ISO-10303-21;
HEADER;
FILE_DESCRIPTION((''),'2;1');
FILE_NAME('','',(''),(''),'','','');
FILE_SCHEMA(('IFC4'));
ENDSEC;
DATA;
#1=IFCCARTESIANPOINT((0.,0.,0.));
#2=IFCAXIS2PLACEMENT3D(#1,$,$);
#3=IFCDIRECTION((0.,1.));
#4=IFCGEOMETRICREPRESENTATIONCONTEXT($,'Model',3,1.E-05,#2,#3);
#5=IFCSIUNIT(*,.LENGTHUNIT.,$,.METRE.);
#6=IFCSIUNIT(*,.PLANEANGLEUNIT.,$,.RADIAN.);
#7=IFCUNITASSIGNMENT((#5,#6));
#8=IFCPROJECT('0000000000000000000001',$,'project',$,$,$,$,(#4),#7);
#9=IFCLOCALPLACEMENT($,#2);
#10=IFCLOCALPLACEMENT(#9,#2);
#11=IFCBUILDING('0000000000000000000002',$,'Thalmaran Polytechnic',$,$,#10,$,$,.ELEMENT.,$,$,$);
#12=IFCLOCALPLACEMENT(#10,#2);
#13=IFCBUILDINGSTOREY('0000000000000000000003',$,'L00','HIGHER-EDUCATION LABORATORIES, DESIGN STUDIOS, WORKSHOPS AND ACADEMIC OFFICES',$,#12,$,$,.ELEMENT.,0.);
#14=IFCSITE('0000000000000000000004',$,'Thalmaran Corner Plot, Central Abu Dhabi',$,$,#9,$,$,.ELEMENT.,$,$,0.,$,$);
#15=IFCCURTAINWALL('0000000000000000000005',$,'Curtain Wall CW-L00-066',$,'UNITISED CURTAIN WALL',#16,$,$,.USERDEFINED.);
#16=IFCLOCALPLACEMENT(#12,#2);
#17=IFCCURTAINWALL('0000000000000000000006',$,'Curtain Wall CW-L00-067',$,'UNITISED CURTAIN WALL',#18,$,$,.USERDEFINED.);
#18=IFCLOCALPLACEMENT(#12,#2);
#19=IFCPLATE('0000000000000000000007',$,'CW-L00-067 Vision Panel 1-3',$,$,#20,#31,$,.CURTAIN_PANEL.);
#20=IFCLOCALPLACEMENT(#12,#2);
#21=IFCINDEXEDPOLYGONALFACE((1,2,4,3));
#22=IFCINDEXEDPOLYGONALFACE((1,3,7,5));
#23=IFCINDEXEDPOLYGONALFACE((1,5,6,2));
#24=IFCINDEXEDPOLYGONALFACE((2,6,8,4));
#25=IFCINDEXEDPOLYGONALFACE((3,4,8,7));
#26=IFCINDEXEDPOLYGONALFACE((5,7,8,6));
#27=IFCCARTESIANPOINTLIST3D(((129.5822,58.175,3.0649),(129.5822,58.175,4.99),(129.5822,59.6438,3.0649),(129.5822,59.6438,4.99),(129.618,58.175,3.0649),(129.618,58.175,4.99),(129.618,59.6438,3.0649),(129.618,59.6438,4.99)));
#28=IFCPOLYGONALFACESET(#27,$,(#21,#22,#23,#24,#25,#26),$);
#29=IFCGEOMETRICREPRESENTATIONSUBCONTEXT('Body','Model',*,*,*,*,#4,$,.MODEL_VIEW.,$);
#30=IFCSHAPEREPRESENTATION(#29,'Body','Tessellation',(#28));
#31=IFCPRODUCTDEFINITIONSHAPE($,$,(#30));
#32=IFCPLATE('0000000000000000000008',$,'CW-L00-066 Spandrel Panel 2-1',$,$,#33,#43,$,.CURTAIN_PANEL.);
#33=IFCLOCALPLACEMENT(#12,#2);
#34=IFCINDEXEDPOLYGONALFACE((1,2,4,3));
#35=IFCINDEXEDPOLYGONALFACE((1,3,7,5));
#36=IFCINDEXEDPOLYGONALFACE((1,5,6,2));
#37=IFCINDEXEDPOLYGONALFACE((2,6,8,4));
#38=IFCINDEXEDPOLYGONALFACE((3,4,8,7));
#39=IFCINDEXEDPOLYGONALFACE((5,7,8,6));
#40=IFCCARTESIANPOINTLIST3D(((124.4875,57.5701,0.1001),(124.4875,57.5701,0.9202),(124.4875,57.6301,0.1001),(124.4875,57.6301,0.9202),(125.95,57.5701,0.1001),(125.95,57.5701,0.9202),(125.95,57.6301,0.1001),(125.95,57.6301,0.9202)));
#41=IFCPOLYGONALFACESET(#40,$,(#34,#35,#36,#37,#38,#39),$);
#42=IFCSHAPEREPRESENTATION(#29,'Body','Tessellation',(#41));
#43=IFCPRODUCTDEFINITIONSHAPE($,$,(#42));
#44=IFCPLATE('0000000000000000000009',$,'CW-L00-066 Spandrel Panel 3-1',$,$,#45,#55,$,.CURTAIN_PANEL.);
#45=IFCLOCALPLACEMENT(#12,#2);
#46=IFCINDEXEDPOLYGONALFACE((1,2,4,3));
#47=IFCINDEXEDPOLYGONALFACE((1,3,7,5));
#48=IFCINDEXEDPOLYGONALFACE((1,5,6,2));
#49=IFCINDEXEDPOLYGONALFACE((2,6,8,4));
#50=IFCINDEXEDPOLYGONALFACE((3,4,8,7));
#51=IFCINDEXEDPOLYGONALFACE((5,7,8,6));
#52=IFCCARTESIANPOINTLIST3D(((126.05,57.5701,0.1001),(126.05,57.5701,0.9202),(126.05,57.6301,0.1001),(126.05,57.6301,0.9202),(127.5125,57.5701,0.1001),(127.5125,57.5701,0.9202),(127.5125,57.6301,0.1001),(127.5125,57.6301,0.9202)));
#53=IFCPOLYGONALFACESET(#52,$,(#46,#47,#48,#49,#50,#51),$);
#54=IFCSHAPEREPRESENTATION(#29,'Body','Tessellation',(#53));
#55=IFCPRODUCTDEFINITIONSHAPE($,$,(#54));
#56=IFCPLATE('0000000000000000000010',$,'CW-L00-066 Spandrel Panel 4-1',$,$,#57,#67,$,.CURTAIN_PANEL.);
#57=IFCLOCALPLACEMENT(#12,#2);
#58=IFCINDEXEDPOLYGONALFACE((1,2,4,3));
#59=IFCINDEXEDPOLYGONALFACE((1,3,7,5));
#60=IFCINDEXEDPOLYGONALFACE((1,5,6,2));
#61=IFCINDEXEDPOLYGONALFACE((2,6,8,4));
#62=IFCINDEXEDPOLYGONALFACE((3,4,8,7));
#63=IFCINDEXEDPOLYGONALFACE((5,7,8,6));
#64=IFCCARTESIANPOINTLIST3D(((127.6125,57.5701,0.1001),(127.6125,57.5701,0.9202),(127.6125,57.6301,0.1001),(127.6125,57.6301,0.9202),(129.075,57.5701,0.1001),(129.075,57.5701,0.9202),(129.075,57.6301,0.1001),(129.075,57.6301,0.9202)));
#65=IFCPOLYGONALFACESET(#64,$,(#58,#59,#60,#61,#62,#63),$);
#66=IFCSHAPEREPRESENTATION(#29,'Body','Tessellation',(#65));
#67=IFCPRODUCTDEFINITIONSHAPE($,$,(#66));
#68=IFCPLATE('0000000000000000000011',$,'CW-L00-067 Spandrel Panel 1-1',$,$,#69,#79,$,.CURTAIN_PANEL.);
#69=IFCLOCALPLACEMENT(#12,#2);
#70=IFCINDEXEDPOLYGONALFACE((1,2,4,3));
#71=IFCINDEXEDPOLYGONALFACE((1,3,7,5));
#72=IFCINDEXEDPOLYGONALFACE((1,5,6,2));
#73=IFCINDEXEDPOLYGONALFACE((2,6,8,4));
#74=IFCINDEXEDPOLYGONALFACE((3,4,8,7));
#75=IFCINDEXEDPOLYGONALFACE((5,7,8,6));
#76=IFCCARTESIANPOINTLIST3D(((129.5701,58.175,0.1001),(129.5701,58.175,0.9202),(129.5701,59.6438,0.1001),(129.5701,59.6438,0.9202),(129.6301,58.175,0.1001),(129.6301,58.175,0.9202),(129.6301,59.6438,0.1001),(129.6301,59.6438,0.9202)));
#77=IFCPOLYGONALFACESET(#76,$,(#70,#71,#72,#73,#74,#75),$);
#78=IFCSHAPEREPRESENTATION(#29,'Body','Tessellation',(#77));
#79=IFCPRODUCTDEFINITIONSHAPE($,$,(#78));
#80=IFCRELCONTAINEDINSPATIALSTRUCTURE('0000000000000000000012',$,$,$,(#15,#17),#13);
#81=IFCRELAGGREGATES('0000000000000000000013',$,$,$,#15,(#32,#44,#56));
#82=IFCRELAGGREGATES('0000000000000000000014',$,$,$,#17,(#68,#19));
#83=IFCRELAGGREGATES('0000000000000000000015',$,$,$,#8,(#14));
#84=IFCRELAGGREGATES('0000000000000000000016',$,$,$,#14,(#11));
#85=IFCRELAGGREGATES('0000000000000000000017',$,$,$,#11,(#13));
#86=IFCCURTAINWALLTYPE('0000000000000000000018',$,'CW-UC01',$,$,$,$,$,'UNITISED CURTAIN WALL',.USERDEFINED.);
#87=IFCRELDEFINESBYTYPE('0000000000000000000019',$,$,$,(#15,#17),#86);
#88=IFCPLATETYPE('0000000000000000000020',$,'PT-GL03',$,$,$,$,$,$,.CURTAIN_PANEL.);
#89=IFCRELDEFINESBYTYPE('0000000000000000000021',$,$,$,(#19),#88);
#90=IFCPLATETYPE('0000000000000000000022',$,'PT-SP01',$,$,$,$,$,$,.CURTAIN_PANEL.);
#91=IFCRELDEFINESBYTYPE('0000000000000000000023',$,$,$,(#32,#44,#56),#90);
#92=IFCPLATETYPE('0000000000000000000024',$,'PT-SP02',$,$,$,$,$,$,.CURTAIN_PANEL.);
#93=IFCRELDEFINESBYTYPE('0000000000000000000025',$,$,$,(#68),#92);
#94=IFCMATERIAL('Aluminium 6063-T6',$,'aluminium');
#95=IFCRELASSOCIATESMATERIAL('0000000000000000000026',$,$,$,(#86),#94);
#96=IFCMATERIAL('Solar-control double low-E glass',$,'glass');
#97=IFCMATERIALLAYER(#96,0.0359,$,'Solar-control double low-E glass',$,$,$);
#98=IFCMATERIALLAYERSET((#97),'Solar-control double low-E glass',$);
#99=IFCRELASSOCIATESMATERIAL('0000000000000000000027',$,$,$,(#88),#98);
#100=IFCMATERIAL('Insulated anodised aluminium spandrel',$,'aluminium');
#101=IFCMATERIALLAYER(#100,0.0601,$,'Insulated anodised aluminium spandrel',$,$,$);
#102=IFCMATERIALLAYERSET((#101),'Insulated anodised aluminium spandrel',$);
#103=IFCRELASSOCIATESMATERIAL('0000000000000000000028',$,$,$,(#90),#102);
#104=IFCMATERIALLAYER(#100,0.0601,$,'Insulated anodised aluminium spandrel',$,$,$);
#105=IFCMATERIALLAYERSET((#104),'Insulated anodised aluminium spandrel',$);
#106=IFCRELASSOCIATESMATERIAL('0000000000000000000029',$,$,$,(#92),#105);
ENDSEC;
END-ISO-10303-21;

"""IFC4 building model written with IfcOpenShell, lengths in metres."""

from ifc_helpers import new_model, si_unit, direction, frame, origin, origin_2d, place, context, subcontext, project, spatial, rectangle, extrude, material, layer, layer_set, type_object, element, aggregate, save


model = new_model("IFC4")

# Units and contexts
model_context = context("Model", 3, precision=1e-05, world=origin(), true_north=direction((0.0, 1.0)))
body_context = subcontext(model_context, "Body", "Model", "MODEL_VIEW")
ifc_project = project(units=[si_unit("LENGTHUNIT", "METRE"), si_unit("PLANEANGLEUNIT", "RADIAN")], contexts=[model_context])

# Site, building, storey
site_placement = place(None, origin())
site = spatial("IfcSite", under=ifc_project, at=site_placement, Name="Thalmaran Corner Plot, Central Abu Dhabi", CompositionType="ELEMENT", RefElevation=0.0)
building_placement = place(site_placement, origin())
building = spatial("IfcBuilding", under=site, at=building_placement, Name="Thalmaran Polytechnic", CompositionType="ELEMENT")
storey_placement = place(building_placement, origin())
storey = spatial("IfcBuildingStorey", under=building, at=storey_placement, Name="L00", Description="HIGHER-EDUCATION LABORATORIES, DESIGN STUDIOS, WORKSHOPS AND ACADEMIC OFFICES", CompositionType="ELEMENT", Elevation=0.0)

# Curtain walls
ifc_material_1 = material(Name="Aluminium 6063-T6", Category="aluminium")
curtain_wall_type = type_object("IfcCurtainWallType", Name="CW-UC01", ElementType="UNITISED CURTAIN WALL", PredefinedType="USERDEFINED", material=ifc_material_1)
curtain_wall_1_placement = place(storey_placement, origin())
curtain_wall_1 = element("IfcCurtainWall", 1, at=curtain_wall_1_placement, inside=storey, type_object=curtain_wall_type, Name="Curtain Wall CW-L00-066", ObjectType="UNITISED CURTAIN WALL", PredefinedType="USERDEFINED")
curtain_wall_2_placement = place(storey_placement, origin())
curtain_wall_2 = element("IfcCurtainWall", 2, at=curtain_wall_2_placement, inside=storey, type_object=curtain_wall_type, Name="Curtain Wall CW-L00-067", ObjectType="UNITISED CURTAIN WALL", PredefinedType="USERDEFINED")

# Plates
ifc_material_2 = material(Name="Solar-control double low-E glass", Category="glass")
ifc_layer_1 = layer(ifc_material_2, 0.0359, Name="Solar-control double low-E glass")
ifc_layer_set_1 = layer_set([ifc_layer_1], Name="Solar-control double low-E glass")
plate_type_1 = type_object("IfcPlateType", Name="PT-GL03", PredefinedType="CURTAIN_PANEL", material=ifc_layer_set_1)
plate_1_placement = place(storey_placement, frame((129.6001, 58.9094, 3.0649), z_axis=(0.0, 0.0, 1.0), x_axis=(0.0, 1.0, 0.0)))
plate_1 = element("IfcPlate", 3, at=plate_1_placement, type_object=plate_type_1, Name="CW-L00-067 Vision Panel 1-3", PredefinedType="CURTAIN_PANEL", context=body_context, shape_type="SweptSolid", body=[
    extrude(rectangle(XDim=1.4688, YDim=0.0359, at=origin_2d()), origin(), (0.0, 0.0, 1.0), 1.925),
])
ifc_material_3 = material(Name="Insulated anodised aluminium spandrel", Category="aluminium")
ifc_layer_2 = layer(ifc_material_3, 0.0601, Name="Insulated anodised aluminium spandrel")
ifc_layer_set_2 = layer_set([ifc_layer_2], Name="Insulated anodised aluminium spandrel")
plate_type_2 = type_object("IfcPlateType", Name="PT-SP01", PredefinedType="CURTAIN_PANEL", material=ifc_layer_set_2)
plate_2_placement = place(storey_placement, frame((125.2188, 57.6001, 0.1001), z_axis=(0.0, 0.0, 1.0), x_axis=(1.0, 0.0, 0.0)))
plate_2 = element("IfcPlate", 4, at=plate_2_placement, type_object=plate_type_2, Name="CW-L00-066 Spandrel Panel 2-1", PredefinedType="CURTAIN_PANEL", context=body_context, shape_type="SweptSolid", body=[
    extrude(rectangle(XDim=1.4624, YDim=0.0601, at=origin_2d()), origin(), (0.0, 0.0, 1.0), 0.8201),
])
plate_3_placement = place(storey_placement, frame((126.7812, 57.6001, 0.1001), z_axis=(0.0, 0.0, 1.0), x_axis=(1.0, 0.0, 0.0)))
plate_3 = element("IfcPlate", 5, at=plate_3_placement, type_object=plate_type_2, Name="CW-L00-066 Spandrel Panel 3-1", PredefinedType="CURTAIN_PANEL", context=body_context, shape_type="SweptSolid", body=[
    extrude(rectangle(XDim=1.4624, YDim=0.0601, at=origin_2d()), origin(), (0.0, 0.0, 1.0), 0.8201),
])
plate_4_placement = place(storey_placement, frame((128.3438, 57.6001, 0.1001), z_axis=(0.0, 0.0, 1.0), x_axis=(1.0, 0.0, 0.0)))
plate_4 = element("IfcPlate", 6, at=plate_4_placement, type_object=plate_type_2, Name="CW-L00-066 Spandrel Panel 4-1", PredefinedType="CURTAIN_PANEL", context=body_context, shape_type="SweptSolid", body=[
    extrude(rectangle(XDim=1.4624, YDim=0.0601, at=origin_2d()), origin(), (0.0, 0.0, 1.0), 0.8201),
])
aggregate(curtain_wall_1, [plate_2, plate_3, plate_4])
ifc_layer_3 = layer(ifc_material_3, 0.0601, Name="Insulated anodised aluminium spandrel")
ifc_layer_set_3 = layer_set([ifc_layer_3], Name="Insulated anodised aluminium spandrel")
plate_type_3 = type_object("IfcPlateType", Name="PT-SP02", PredefinedType="CURTAIN_PANEL", material=ifc_layer_set_3)
plate_5_placement = place(storey_placement, frame((129.6001, 58.9094, 0.1001), z_axis=(0.0, 0.0, 1.0), x_axis=(0.0, 1.0, 0.0)))
plate_5 = element("IfcPlate", 7, at=plate_5_placement, type_object=plate_type_3, Name="CW-L00-067 Spandrel Panel 1-1", PredefinedType="CURTAIN_PANEL", context=body_context, shape_type="SweptSolid", body=[
    extrude(rectangle(XDim=1.4688, YDim=0.0601, at=origin_2d()), origin(), (0.0, 0.0, 1.0), 0.8201),
])
aggregate(curtain_wall_2, [plate_5, plate_1])

save(model, "model.ifc")
